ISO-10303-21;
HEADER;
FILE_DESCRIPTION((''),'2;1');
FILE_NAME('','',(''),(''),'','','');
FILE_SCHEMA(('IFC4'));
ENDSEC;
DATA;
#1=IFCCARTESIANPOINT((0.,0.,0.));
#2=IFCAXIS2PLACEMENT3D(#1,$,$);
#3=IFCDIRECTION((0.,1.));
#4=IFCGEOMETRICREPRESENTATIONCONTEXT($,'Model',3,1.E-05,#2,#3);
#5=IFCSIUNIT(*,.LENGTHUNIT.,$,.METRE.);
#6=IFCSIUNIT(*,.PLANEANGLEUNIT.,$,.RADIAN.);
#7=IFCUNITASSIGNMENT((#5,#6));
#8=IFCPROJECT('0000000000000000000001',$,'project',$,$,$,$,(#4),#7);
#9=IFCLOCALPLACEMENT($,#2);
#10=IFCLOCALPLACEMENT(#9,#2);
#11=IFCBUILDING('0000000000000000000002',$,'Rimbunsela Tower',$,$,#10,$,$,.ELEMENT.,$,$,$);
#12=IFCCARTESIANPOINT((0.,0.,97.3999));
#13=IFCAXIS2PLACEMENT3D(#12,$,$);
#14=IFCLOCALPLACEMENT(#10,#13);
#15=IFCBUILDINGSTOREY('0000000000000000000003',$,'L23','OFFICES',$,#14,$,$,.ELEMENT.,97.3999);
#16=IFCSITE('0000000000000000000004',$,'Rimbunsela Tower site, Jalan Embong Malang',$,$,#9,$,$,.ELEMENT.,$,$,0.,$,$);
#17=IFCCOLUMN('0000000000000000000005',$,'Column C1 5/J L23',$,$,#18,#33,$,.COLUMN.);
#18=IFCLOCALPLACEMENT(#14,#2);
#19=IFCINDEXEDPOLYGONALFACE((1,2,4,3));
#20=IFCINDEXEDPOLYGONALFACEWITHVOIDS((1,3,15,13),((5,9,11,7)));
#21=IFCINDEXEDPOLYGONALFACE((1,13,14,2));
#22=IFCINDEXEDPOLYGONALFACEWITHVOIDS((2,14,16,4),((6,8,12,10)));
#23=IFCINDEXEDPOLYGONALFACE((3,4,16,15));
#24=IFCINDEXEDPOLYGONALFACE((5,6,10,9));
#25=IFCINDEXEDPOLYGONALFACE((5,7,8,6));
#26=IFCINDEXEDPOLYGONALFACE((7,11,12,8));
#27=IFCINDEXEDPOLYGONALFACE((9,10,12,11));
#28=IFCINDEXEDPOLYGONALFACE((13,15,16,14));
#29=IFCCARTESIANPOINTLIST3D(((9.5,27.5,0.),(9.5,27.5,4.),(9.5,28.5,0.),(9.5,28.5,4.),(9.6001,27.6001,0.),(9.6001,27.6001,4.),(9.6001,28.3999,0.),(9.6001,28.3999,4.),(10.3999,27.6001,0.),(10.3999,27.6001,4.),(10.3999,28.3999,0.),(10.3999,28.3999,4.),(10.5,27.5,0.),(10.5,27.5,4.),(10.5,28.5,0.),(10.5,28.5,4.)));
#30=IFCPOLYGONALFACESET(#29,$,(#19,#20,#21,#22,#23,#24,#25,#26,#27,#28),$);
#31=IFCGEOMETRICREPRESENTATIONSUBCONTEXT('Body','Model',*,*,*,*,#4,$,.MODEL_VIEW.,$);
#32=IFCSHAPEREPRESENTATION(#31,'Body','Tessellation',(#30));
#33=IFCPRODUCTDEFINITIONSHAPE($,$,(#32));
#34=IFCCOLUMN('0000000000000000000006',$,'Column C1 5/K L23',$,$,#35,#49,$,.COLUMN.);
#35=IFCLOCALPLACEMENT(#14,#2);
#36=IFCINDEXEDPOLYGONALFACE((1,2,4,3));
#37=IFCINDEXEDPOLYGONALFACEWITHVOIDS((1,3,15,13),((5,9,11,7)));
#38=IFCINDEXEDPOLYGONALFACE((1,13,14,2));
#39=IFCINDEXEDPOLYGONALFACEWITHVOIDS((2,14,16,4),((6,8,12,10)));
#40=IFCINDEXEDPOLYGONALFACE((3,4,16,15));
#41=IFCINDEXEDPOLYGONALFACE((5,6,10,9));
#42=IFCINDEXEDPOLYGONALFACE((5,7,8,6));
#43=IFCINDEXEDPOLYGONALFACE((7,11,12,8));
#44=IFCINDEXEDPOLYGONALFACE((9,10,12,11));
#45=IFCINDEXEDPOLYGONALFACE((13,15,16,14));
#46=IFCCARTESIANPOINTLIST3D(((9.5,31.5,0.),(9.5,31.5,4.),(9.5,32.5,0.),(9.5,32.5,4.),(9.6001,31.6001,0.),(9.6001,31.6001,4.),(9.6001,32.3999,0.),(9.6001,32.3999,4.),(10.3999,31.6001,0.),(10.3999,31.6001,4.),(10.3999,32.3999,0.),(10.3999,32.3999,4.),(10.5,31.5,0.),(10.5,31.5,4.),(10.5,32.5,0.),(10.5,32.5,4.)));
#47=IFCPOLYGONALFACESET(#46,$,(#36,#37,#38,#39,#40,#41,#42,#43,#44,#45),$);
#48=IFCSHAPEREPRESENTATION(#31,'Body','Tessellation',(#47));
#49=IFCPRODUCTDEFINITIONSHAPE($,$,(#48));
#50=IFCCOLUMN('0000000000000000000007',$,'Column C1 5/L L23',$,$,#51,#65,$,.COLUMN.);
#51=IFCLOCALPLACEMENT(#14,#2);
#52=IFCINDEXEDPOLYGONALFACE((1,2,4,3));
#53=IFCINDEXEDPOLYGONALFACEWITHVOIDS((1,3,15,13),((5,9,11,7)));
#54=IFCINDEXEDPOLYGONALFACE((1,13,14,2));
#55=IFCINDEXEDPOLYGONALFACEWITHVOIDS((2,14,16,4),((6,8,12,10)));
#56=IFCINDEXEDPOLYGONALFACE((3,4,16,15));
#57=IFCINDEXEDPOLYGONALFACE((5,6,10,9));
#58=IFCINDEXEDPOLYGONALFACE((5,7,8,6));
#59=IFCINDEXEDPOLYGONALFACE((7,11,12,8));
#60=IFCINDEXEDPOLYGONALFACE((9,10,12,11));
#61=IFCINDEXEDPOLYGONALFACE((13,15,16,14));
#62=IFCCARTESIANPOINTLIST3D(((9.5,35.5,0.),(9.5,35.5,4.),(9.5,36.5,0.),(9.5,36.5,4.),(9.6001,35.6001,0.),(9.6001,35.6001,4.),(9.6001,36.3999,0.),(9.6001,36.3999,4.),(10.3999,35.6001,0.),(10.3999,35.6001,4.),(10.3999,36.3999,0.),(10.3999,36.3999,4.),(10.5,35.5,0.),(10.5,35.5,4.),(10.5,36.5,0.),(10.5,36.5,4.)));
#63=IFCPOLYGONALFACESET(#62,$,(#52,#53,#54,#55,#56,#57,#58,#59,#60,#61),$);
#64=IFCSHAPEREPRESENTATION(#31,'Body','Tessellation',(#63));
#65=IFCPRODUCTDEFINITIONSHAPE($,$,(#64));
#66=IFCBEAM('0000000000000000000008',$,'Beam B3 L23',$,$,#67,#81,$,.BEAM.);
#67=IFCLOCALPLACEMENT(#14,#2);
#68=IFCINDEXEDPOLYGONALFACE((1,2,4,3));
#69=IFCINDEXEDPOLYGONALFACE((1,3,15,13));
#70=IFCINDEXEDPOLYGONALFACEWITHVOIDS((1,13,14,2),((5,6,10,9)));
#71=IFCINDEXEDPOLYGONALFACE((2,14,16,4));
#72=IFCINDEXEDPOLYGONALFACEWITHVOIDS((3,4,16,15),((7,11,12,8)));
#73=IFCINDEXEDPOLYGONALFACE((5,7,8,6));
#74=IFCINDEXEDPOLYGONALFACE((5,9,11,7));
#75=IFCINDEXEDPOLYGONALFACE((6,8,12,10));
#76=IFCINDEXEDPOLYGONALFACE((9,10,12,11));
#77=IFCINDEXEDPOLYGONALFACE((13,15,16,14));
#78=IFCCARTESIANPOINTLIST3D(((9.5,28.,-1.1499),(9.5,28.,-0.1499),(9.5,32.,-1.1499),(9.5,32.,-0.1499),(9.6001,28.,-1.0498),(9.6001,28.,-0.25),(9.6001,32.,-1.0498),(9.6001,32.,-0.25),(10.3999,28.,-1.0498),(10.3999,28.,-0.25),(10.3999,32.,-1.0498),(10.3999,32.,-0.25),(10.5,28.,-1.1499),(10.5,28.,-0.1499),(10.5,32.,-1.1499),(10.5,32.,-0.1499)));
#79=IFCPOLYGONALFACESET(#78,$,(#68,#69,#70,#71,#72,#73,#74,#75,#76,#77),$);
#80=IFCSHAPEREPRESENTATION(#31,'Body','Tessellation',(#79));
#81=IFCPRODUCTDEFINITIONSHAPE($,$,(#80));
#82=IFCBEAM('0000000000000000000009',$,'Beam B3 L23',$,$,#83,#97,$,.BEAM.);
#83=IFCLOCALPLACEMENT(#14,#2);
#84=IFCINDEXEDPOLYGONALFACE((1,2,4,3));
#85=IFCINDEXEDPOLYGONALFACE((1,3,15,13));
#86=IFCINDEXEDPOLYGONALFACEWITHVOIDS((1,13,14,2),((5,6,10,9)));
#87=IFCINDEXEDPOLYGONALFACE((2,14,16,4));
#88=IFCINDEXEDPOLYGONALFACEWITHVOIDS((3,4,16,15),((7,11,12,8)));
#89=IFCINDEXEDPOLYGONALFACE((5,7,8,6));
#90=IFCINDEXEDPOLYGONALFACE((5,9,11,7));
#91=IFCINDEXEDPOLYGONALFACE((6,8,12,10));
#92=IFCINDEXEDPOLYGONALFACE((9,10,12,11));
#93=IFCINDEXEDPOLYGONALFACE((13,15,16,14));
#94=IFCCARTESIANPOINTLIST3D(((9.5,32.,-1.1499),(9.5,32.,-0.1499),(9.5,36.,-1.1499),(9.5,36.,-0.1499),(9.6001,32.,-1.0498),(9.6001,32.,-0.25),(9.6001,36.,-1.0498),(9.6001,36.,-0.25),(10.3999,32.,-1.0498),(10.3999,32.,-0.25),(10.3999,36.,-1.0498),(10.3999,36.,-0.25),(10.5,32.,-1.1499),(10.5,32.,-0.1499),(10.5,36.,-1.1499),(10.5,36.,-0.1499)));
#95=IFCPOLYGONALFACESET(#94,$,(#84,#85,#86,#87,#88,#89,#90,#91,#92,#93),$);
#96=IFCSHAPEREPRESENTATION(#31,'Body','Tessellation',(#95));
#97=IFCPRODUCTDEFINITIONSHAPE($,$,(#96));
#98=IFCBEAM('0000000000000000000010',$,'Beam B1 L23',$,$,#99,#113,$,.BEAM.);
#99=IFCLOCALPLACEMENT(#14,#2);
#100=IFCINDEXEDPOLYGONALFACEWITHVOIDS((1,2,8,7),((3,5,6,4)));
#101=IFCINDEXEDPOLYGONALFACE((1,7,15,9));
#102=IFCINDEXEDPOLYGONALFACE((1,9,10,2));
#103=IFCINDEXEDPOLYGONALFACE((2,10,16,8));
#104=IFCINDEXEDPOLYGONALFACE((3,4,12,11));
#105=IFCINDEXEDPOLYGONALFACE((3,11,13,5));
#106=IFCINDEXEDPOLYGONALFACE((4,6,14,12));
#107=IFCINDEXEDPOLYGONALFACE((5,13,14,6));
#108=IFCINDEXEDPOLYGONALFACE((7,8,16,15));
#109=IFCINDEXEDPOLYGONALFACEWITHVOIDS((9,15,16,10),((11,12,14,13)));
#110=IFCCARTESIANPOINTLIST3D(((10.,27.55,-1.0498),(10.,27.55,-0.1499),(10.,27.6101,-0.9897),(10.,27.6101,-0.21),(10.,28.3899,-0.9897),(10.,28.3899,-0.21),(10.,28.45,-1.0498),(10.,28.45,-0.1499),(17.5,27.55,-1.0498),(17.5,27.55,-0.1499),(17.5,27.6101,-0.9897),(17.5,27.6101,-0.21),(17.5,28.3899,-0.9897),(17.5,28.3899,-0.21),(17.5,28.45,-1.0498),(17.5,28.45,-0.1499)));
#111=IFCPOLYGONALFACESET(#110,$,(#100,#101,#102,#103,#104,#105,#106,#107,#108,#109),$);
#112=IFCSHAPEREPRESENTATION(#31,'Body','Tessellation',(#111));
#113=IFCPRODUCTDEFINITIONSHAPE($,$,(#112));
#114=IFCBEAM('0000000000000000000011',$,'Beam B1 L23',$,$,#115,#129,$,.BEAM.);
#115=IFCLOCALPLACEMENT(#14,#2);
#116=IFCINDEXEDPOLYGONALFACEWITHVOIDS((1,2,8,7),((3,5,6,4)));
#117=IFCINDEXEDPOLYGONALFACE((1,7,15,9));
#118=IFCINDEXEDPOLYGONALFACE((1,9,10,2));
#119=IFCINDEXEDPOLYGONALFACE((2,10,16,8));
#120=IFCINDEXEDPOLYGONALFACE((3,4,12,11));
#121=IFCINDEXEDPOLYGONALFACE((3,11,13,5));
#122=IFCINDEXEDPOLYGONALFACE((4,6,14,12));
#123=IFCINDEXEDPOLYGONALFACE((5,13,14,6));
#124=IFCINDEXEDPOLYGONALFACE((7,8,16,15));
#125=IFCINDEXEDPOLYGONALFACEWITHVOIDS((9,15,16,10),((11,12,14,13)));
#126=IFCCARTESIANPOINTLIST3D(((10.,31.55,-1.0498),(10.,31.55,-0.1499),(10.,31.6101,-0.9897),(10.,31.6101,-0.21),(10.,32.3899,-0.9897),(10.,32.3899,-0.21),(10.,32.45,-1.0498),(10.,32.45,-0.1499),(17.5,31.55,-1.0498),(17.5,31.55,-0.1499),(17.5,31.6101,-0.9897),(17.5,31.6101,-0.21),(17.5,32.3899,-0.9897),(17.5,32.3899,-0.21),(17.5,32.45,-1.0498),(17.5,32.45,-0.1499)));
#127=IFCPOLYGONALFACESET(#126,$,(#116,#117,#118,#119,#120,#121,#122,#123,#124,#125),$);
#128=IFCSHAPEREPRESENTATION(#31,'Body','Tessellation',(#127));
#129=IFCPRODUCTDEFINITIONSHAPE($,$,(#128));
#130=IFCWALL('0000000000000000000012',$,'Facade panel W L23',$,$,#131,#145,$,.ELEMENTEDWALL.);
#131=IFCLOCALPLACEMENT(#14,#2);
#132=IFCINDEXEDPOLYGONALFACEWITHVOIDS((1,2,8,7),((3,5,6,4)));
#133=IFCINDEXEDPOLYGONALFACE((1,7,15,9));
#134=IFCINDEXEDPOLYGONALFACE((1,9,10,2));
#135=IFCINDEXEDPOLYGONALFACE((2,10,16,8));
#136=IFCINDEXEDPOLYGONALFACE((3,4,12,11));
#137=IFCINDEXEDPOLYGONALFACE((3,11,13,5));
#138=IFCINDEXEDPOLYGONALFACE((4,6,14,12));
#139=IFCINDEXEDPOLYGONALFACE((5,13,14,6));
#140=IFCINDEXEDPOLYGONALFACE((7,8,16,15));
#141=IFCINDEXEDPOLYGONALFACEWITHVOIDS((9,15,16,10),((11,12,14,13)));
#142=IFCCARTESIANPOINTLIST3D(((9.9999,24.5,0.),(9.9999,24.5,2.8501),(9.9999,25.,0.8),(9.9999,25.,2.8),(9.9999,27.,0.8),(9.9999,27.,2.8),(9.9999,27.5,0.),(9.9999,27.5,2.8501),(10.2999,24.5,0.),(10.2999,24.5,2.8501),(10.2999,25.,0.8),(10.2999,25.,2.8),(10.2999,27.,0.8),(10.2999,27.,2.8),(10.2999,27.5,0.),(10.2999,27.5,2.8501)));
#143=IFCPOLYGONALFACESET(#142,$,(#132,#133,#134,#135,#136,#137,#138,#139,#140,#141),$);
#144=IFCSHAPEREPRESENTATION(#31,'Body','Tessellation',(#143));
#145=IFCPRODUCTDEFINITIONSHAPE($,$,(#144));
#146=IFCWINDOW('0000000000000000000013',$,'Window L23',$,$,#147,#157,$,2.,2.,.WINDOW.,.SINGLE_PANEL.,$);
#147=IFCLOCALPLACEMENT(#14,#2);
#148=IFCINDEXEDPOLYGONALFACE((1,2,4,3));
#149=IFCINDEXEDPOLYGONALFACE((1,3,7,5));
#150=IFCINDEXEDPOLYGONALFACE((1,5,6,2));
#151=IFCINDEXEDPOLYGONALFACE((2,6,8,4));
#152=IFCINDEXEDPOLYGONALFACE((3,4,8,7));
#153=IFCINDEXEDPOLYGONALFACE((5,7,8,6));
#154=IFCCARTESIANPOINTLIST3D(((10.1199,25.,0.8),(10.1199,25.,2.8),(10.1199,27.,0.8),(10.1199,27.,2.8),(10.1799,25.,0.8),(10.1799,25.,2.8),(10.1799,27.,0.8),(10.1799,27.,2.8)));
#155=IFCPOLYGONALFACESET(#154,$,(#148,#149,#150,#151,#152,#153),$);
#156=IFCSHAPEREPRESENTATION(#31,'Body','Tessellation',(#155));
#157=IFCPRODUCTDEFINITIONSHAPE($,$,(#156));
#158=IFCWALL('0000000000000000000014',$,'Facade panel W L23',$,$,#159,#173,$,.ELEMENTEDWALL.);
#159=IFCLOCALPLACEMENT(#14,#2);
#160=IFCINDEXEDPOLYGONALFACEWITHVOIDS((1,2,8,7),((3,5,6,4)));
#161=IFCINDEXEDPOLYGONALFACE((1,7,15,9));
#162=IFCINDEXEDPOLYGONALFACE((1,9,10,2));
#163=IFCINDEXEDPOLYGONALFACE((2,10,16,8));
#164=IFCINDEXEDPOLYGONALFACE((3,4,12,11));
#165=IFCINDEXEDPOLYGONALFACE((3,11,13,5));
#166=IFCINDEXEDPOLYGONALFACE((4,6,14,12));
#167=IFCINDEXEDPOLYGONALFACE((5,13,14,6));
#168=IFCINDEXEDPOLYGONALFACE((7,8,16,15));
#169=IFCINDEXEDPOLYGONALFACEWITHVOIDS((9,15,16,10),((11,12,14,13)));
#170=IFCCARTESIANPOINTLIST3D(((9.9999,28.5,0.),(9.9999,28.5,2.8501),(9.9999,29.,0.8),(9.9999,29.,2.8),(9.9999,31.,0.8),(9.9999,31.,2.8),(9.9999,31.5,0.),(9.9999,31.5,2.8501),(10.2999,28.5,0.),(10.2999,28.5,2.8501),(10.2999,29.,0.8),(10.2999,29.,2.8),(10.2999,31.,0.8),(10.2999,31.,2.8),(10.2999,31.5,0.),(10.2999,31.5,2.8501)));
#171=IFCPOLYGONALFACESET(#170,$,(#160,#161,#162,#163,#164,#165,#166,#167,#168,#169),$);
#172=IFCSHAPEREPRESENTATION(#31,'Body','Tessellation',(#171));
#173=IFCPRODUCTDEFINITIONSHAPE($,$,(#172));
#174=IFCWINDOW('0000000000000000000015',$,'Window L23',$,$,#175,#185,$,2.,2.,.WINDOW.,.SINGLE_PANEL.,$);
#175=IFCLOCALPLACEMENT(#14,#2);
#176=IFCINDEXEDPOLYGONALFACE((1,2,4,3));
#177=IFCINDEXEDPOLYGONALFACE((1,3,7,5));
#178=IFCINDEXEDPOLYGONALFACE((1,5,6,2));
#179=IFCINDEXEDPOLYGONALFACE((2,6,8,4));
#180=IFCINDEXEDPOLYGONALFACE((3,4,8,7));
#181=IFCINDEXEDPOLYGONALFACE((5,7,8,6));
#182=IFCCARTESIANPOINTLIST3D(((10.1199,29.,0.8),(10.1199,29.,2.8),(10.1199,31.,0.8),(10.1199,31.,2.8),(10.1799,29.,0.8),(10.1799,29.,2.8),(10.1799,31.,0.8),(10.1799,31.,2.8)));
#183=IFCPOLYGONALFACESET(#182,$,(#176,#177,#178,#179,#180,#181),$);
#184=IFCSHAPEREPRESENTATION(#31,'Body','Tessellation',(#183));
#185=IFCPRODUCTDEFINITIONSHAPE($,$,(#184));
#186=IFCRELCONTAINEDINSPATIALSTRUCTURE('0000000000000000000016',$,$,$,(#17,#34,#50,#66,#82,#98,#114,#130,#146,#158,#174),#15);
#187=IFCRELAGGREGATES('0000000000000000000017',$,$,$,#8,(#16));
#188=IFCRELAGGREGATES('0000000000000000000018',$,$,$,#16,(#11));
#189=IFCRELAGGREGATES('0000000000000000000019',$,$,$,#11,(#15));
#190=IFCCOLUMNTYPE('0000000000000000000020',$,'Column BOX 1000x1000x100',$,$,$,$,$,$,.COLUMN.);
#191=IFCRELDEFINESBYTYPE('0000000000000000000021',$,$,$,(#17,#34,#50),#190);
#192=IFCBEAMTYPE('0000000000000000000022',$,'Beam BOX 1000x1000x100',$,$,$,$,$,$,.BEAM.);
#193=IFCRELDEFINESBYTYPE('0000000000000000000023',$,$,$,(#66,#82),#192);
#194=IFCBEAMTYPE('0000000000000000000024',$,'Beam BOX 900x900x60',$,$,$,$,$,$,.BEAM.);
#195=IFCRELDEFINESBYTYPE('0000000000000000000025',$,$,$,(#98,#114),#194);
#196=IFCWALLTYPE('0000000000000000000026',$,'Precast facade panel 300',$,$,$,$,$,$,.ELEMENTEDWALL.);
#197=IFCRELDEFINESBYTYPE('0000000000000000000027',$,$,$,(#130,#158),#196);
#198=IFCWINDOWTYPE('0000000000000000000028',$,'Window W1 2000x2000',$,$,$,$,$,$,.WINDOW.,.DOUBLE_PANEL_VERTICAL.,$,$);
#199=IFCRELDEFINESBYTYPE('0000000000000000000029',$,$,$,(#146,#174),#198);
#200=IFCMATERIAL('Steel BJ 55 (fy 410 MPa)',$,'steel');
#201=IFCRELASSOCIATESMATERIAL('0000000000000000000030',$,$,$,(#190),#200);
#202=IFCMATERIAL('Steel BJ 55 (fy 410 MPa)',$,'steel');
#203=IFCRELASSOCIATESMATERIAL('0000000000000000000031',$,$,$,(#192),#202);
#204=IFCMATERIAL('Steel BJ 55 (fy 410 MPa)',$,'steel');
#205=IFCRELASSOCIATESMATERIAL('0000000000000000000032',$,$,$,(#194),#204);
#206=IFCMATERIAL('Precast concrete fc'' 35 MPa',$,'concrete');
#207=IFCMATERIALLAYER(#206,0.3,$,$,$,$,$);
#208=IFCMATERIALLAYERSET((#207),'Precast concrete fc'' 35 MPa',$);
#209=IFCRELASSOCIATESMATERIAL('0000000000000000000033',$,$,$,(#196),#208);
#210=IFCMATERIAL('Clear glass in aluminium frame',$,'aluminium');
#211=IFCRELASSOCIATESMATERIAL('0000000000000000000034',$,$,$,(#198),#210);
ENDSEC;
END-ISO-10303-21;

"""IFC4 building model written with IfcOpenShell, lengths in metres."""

from ifc_helpers import new_model, si_unit, direction, frame, frame_2d, origin, origin_2d, place, context, subcontext, project, spatial, rectangle, hollow_rectangle, extrude, material, layer, layer_set, material_profile, profile_set, type_object, element, fill, save


model = new_model("IFC4")

# Units and contexts
model_context = context("Model", 3, precision=1e-05, world=origin(), true_north=direction((0.0, 1.0)))
body_context = subcontext(model_context, "Body", "Model", "MODEL_VIEW")
ifc_project = project(units=[si_unit("LENGTHUNIT", "METRE"), si_unit("PLANEANGLEUNIT", "RADIAN")], contexts=[model_context])

# Site, building, storey
site_placement = place(None, origin())
site = spatial("IfcSite", under=ifc_project, at=site_placement, Name="Rimbunsela Tower site, Jalan Embong Malang", CompositionType="ELEMENT", RefElevation=0.0)
building_placement = place(site_placement, origin())
building = spatial("IfcBuilding", under=site, at=building_placement, Name="Rimbunsela Tower", CompositionType="ELEMENT")
storey_placement = place(building_placement, frame((0.0, 0.0, 97.3999)))
storey = spatial("IfcBuildingStorey", under=building, at=storey_placement, Name="L23", Description="OFFICES", CompositionType="ELEMENT", Elevation=97.3999)

# Columns
ifc_material_1 = material(Name="Steel BJ 55 (fy 410 MPa)", Category="steel")
ifc_material_profile_1 = material_profile(ifc_material_1, hollow_rectangle(XDim=1.0, YDim=1.0, WallThickness=0.1001, at=origin_2d()), Name="BOX 1000x1000x100")
ifc_profile_set_1 = profile_set([ifc_material_profile_1], Name="Steel BJ 55 (fy 410 MPa)")
column_type = type_object("IfcColumnType", Name="Column BOX 1000x1000x100", PredefinedType="COLUMN", material=ifc_profile_set_1)
for number, where, z_axis, x_axis, name in (
    (1, (10.0, 28.0, 0.0), (0.0, 0.0, 1.0), (1.0, 0.0, 0.0), "Column C1 5/J L23"),
    (2, (10.0, 32.0, 0.0), (0.0, 0.0, 1.0), (1.0, 0.0, 0.0), "Column C1 5/K L23"),
    (3, (10.0, 36.0, 0.0), (0.0, 0.0, 1.0), (1.0, 0.0, 0.0), "Column C1 5/L L23"),
):
    element("IfcColumn", number, at=place(storey_placement, frame(where, z_axis=z_axis, x_axis=x_axis)), inside=storey, type_object=column_type, Name=name, PredefinedType="COLUMN", context=body_context, shape_type="SweptSolid", body=[
        extrude(hollow_rectangle(XDim=1.0, YDim=1.0, WallThickness=0.1001, at=origin_2d()), origin(), (0.0, 0.0, 1.0), 4.0),
    ])

# Beams
ifc_material_2 = material(Name="Steel BJ 55 (fy 410 MPa)", Category="steel")
ifc_material_profile_2 = material_profile(ifc_material_2, hollow_rectangle(XDim=1.0, YDim=1.0, WallThickness=0.1001, at=origin_2d()), Name="BOX 1000x1000x100")
ifc_profile_set_2 = profile_set([ifc_material_profile_2], Name="Steel BJ 55 (fy 410 MPa)")
beam_type_1 = type_object("IfcBeamType", Name="Beam BOX 1000x1000x100", PredefinedType="BEAM", material=ifc_profile_set_2)
for number, where, z_axis, x_axis, name in (
    (4, (10.0, 28.0, -0.6499), (0.0, 1.0, 0.0), (-1.0, 0.0, 0.0), "Beam B3 L23"),
    (5, (10.0, 32.0, -0.6499), (0.0, 1.0, 0.0), (-1.0, 0.0, 0.0), "Beam B3 L23"),
):
    element("IfcBeam", number, at=place(storey_placement, frame(where, z_axis=z_axis, x_axis=x_axis)), inside=storey, type_object=beam_type_1, Name=name, PredefinedType="BEAM", context=body_context, shape_type="SweptSolid", body=[
        extrude(hollow_rectangle(XDim=1.0, YDim=1.0, WallThickness=0.1001, at=origin_2d()), origin(), (0.0, 0.0, 1.0), 4.0),
    ])
ifc_material_3 = material(Name="Steel BJ 55 (fy 410 MPa)", Category="steel")
ifc_material_profile_3 = material_profile(ifc_material_3, hollow_rectangle(XDim=0.8999, YDim=0.8999, WallThickness=0.0601, at=origin_2d()), Name="BOX 900x900x60")
ifc_profile_set_3 = profile_set([ifc_material_profile_3], Name="Steel BJ 55 (fy 410 MPa)")
beam_type_2 = type_object("IfcBeamType", Name="Beam BOX 900x900x60", PredefinedType="BEAM", material=ifc_profile_set_3)
for number, where, z_axis, x_axis, name in (
    (6, (10.0, 28.0, -0.5999), (1.0, 0.0, 0.0), (0.0, 1.0, 0.0), "Beam B1 L23"),
    (7, (10.0, 32.0, -0.5999), (1.0, 0.0, 0.0), (0.0, 1.0, 0.0), "Beam B1 L23"),
):
    element("IfcBeam", number, at=place(storey_placement, frame(where, z_axis=z_axis, x_axis=x_axis)), inside=storey, type_object=beam_type_2, Name=name, PredefinedType="BEAM", context=body_context, shape_type="SweptSolid", body=[
        extrude(hollow_rectangle(XDim=0.8999, YDim=0.8999, WallThickness=0.0601, at=origin_2d()), origin(), (0.0, 0.0, 1.0), 7.5),
    ])

# Walls, openings, windows
ifc_material_4 = material(Name="Precast concrete fc' 35 MPa", Category="concrete")
ifc_layer_1 = layer(ifc_material_4, 0.3)
ifc_layer_set_1 = layer_set([ifc_layer_1], Name="Precast concrete fc' 35 MPa")
wall_type = type_object("IfcWallType", Name="Precast facade panel 300", PredefinedType="ELEMENTEDWALL", material=ifc_layer_set_1)
wall_1_placement = place(storey_placement, frame((10.1499, 27.5, 0.0), z_axis=(0.0, 0.0, 1.0), x_axis=(0.0, -1.0, 0.0)))
wall_1 = element("IfcWall", 8, at=wall_1_placement, inside=storey, type_object=wall_type, Name="Facade panel W L23", PredefinedType="ELEMENTEDWALL", context=body_context, shape_type="SweptSolid", body=[
    extrude(rectangle(XDim=3.0, YDim=0.3, at=frame_2d((1.5, 0.0))), origin(), (0.0, 0.0, 1.0), 2.8501),
])
opening_1_placement = place(wall_1_placement, frame((0.5, 0.0, 0.8)))
opening_1 = element("IfcOpeningElement", 9, at=opening_1_placement, cuts=wall_1, PredefinedType="OPENING", context=body_context, shape_type="SweptSolid", body=[
    extrude(rectangle(XDim=2.0, YDim=2.0, at=frame_2d((1.0, 1.0))), frame((0.0, 0.1599, 0.0), z_axis=(0.0, -1.0, 0.0), x_axis=(1.0, 0.0, 0.0)), (0.0, 0.0, 1.0), 0.3201),
])
ifc_material_5 = material(Name="Clear glass in aluminium frame", Category="aluminium")
window_type = type_object("IfcWindowType", Name="Window W1 2000x2000", PartitioningType="DOUBLE_PANEL_VERTICAL", PredefinedType="WINDOW", material=ifc_material_5)
window_1_placement = place(opening_1_placement, origin())
window_1 = element("IfcWindow", 10, at=window_1_placement, inside=storey, type_object=window_type, Name="Window L23", OverallHeight=2.0, OverallWidth=2.0, PartitioningType="SINGLE_PANEL", PredefinedType="WINDOW", context=body_context, shape_type="SweptSolid", body=[
    extrude(rectangle(XDim=2.0, YDim=2.0, at=frame_2d((1.0, 1.0))), frame((0.0, 0.03, 0.0), z_axis=(0.0, -1.0, 0.0), x_axis=(1.0, 0.0, 0.0)), (0.0, 0.0, 1.0), 0.0601),
])
fill(opening_1, window_1)
wall_2_placement = place(storey_placement, frame((10.1499, 31.5, 0.0), z_axis=(0.0, 0.0, 1.0), x_axis=(0.0, -1.0, 0.0)))
wall_2 = element("IfcWall", 11, at=wall_2_placement, inside=storey, type_object=wall_type, Name="Facade panel W L23", PredefinedType="ELEMENTEDWALL", context=body_context, shape_type="SweptSolid", body=[
    extrude(rectangle(XDim=3.0, YDim=0.3, at=frame_2d((1.5, 0.0))), origin(), (0.0, 0.0, 1.0), 2.8501),
])
opening_2_placement = place(wall_2_placement, frame((0.5, 0.0, 0.8)))
opening_2 = element("IfcOpeningElement", 12, at=opening_2_placement, cuts=wall_2, PredefinedType="OPENING", context=body_context, shape_type="SweptSolid", body=[
    extrude(rectangle(XDim=2.0, YDim=2.0, at=frame_2d((1.0, 1.0))), frame((0.0, 0.1599, 0.0), z_axis=(0.0, -1.0, 0.0), x_axis=(1.0, 0.0, 0.0)), (0.0, 0.0, 1.0), 0.3201),
])
window_2_placement = place(opening_2_placement, origin())
window_2 = element("IfcWindow", 13, at=window_2_placement, inside=storey, type_object=window_type, Name="Window L23", OverallHeight=2.0, OverallWidth=2.0, PartitioningType="SINGLE_PANEL", PredefinedType="WINDOW", context=body_context, shape_type="SweptSolid", body=[
    extrude(rectangle(XDim=2.0, YDim=2.0, at=frame_2d((1.0, 1.0))), frame((0.0, 0.03, 0.0), z_axis=(0.0, -1.0, 0.0), x_axis=(1.0, 0.0, 0.0)), (0.0, 0.0, 1.0), 0.0601),
])
fill(opening_2, window_2)

save(model, "model.ifc")
